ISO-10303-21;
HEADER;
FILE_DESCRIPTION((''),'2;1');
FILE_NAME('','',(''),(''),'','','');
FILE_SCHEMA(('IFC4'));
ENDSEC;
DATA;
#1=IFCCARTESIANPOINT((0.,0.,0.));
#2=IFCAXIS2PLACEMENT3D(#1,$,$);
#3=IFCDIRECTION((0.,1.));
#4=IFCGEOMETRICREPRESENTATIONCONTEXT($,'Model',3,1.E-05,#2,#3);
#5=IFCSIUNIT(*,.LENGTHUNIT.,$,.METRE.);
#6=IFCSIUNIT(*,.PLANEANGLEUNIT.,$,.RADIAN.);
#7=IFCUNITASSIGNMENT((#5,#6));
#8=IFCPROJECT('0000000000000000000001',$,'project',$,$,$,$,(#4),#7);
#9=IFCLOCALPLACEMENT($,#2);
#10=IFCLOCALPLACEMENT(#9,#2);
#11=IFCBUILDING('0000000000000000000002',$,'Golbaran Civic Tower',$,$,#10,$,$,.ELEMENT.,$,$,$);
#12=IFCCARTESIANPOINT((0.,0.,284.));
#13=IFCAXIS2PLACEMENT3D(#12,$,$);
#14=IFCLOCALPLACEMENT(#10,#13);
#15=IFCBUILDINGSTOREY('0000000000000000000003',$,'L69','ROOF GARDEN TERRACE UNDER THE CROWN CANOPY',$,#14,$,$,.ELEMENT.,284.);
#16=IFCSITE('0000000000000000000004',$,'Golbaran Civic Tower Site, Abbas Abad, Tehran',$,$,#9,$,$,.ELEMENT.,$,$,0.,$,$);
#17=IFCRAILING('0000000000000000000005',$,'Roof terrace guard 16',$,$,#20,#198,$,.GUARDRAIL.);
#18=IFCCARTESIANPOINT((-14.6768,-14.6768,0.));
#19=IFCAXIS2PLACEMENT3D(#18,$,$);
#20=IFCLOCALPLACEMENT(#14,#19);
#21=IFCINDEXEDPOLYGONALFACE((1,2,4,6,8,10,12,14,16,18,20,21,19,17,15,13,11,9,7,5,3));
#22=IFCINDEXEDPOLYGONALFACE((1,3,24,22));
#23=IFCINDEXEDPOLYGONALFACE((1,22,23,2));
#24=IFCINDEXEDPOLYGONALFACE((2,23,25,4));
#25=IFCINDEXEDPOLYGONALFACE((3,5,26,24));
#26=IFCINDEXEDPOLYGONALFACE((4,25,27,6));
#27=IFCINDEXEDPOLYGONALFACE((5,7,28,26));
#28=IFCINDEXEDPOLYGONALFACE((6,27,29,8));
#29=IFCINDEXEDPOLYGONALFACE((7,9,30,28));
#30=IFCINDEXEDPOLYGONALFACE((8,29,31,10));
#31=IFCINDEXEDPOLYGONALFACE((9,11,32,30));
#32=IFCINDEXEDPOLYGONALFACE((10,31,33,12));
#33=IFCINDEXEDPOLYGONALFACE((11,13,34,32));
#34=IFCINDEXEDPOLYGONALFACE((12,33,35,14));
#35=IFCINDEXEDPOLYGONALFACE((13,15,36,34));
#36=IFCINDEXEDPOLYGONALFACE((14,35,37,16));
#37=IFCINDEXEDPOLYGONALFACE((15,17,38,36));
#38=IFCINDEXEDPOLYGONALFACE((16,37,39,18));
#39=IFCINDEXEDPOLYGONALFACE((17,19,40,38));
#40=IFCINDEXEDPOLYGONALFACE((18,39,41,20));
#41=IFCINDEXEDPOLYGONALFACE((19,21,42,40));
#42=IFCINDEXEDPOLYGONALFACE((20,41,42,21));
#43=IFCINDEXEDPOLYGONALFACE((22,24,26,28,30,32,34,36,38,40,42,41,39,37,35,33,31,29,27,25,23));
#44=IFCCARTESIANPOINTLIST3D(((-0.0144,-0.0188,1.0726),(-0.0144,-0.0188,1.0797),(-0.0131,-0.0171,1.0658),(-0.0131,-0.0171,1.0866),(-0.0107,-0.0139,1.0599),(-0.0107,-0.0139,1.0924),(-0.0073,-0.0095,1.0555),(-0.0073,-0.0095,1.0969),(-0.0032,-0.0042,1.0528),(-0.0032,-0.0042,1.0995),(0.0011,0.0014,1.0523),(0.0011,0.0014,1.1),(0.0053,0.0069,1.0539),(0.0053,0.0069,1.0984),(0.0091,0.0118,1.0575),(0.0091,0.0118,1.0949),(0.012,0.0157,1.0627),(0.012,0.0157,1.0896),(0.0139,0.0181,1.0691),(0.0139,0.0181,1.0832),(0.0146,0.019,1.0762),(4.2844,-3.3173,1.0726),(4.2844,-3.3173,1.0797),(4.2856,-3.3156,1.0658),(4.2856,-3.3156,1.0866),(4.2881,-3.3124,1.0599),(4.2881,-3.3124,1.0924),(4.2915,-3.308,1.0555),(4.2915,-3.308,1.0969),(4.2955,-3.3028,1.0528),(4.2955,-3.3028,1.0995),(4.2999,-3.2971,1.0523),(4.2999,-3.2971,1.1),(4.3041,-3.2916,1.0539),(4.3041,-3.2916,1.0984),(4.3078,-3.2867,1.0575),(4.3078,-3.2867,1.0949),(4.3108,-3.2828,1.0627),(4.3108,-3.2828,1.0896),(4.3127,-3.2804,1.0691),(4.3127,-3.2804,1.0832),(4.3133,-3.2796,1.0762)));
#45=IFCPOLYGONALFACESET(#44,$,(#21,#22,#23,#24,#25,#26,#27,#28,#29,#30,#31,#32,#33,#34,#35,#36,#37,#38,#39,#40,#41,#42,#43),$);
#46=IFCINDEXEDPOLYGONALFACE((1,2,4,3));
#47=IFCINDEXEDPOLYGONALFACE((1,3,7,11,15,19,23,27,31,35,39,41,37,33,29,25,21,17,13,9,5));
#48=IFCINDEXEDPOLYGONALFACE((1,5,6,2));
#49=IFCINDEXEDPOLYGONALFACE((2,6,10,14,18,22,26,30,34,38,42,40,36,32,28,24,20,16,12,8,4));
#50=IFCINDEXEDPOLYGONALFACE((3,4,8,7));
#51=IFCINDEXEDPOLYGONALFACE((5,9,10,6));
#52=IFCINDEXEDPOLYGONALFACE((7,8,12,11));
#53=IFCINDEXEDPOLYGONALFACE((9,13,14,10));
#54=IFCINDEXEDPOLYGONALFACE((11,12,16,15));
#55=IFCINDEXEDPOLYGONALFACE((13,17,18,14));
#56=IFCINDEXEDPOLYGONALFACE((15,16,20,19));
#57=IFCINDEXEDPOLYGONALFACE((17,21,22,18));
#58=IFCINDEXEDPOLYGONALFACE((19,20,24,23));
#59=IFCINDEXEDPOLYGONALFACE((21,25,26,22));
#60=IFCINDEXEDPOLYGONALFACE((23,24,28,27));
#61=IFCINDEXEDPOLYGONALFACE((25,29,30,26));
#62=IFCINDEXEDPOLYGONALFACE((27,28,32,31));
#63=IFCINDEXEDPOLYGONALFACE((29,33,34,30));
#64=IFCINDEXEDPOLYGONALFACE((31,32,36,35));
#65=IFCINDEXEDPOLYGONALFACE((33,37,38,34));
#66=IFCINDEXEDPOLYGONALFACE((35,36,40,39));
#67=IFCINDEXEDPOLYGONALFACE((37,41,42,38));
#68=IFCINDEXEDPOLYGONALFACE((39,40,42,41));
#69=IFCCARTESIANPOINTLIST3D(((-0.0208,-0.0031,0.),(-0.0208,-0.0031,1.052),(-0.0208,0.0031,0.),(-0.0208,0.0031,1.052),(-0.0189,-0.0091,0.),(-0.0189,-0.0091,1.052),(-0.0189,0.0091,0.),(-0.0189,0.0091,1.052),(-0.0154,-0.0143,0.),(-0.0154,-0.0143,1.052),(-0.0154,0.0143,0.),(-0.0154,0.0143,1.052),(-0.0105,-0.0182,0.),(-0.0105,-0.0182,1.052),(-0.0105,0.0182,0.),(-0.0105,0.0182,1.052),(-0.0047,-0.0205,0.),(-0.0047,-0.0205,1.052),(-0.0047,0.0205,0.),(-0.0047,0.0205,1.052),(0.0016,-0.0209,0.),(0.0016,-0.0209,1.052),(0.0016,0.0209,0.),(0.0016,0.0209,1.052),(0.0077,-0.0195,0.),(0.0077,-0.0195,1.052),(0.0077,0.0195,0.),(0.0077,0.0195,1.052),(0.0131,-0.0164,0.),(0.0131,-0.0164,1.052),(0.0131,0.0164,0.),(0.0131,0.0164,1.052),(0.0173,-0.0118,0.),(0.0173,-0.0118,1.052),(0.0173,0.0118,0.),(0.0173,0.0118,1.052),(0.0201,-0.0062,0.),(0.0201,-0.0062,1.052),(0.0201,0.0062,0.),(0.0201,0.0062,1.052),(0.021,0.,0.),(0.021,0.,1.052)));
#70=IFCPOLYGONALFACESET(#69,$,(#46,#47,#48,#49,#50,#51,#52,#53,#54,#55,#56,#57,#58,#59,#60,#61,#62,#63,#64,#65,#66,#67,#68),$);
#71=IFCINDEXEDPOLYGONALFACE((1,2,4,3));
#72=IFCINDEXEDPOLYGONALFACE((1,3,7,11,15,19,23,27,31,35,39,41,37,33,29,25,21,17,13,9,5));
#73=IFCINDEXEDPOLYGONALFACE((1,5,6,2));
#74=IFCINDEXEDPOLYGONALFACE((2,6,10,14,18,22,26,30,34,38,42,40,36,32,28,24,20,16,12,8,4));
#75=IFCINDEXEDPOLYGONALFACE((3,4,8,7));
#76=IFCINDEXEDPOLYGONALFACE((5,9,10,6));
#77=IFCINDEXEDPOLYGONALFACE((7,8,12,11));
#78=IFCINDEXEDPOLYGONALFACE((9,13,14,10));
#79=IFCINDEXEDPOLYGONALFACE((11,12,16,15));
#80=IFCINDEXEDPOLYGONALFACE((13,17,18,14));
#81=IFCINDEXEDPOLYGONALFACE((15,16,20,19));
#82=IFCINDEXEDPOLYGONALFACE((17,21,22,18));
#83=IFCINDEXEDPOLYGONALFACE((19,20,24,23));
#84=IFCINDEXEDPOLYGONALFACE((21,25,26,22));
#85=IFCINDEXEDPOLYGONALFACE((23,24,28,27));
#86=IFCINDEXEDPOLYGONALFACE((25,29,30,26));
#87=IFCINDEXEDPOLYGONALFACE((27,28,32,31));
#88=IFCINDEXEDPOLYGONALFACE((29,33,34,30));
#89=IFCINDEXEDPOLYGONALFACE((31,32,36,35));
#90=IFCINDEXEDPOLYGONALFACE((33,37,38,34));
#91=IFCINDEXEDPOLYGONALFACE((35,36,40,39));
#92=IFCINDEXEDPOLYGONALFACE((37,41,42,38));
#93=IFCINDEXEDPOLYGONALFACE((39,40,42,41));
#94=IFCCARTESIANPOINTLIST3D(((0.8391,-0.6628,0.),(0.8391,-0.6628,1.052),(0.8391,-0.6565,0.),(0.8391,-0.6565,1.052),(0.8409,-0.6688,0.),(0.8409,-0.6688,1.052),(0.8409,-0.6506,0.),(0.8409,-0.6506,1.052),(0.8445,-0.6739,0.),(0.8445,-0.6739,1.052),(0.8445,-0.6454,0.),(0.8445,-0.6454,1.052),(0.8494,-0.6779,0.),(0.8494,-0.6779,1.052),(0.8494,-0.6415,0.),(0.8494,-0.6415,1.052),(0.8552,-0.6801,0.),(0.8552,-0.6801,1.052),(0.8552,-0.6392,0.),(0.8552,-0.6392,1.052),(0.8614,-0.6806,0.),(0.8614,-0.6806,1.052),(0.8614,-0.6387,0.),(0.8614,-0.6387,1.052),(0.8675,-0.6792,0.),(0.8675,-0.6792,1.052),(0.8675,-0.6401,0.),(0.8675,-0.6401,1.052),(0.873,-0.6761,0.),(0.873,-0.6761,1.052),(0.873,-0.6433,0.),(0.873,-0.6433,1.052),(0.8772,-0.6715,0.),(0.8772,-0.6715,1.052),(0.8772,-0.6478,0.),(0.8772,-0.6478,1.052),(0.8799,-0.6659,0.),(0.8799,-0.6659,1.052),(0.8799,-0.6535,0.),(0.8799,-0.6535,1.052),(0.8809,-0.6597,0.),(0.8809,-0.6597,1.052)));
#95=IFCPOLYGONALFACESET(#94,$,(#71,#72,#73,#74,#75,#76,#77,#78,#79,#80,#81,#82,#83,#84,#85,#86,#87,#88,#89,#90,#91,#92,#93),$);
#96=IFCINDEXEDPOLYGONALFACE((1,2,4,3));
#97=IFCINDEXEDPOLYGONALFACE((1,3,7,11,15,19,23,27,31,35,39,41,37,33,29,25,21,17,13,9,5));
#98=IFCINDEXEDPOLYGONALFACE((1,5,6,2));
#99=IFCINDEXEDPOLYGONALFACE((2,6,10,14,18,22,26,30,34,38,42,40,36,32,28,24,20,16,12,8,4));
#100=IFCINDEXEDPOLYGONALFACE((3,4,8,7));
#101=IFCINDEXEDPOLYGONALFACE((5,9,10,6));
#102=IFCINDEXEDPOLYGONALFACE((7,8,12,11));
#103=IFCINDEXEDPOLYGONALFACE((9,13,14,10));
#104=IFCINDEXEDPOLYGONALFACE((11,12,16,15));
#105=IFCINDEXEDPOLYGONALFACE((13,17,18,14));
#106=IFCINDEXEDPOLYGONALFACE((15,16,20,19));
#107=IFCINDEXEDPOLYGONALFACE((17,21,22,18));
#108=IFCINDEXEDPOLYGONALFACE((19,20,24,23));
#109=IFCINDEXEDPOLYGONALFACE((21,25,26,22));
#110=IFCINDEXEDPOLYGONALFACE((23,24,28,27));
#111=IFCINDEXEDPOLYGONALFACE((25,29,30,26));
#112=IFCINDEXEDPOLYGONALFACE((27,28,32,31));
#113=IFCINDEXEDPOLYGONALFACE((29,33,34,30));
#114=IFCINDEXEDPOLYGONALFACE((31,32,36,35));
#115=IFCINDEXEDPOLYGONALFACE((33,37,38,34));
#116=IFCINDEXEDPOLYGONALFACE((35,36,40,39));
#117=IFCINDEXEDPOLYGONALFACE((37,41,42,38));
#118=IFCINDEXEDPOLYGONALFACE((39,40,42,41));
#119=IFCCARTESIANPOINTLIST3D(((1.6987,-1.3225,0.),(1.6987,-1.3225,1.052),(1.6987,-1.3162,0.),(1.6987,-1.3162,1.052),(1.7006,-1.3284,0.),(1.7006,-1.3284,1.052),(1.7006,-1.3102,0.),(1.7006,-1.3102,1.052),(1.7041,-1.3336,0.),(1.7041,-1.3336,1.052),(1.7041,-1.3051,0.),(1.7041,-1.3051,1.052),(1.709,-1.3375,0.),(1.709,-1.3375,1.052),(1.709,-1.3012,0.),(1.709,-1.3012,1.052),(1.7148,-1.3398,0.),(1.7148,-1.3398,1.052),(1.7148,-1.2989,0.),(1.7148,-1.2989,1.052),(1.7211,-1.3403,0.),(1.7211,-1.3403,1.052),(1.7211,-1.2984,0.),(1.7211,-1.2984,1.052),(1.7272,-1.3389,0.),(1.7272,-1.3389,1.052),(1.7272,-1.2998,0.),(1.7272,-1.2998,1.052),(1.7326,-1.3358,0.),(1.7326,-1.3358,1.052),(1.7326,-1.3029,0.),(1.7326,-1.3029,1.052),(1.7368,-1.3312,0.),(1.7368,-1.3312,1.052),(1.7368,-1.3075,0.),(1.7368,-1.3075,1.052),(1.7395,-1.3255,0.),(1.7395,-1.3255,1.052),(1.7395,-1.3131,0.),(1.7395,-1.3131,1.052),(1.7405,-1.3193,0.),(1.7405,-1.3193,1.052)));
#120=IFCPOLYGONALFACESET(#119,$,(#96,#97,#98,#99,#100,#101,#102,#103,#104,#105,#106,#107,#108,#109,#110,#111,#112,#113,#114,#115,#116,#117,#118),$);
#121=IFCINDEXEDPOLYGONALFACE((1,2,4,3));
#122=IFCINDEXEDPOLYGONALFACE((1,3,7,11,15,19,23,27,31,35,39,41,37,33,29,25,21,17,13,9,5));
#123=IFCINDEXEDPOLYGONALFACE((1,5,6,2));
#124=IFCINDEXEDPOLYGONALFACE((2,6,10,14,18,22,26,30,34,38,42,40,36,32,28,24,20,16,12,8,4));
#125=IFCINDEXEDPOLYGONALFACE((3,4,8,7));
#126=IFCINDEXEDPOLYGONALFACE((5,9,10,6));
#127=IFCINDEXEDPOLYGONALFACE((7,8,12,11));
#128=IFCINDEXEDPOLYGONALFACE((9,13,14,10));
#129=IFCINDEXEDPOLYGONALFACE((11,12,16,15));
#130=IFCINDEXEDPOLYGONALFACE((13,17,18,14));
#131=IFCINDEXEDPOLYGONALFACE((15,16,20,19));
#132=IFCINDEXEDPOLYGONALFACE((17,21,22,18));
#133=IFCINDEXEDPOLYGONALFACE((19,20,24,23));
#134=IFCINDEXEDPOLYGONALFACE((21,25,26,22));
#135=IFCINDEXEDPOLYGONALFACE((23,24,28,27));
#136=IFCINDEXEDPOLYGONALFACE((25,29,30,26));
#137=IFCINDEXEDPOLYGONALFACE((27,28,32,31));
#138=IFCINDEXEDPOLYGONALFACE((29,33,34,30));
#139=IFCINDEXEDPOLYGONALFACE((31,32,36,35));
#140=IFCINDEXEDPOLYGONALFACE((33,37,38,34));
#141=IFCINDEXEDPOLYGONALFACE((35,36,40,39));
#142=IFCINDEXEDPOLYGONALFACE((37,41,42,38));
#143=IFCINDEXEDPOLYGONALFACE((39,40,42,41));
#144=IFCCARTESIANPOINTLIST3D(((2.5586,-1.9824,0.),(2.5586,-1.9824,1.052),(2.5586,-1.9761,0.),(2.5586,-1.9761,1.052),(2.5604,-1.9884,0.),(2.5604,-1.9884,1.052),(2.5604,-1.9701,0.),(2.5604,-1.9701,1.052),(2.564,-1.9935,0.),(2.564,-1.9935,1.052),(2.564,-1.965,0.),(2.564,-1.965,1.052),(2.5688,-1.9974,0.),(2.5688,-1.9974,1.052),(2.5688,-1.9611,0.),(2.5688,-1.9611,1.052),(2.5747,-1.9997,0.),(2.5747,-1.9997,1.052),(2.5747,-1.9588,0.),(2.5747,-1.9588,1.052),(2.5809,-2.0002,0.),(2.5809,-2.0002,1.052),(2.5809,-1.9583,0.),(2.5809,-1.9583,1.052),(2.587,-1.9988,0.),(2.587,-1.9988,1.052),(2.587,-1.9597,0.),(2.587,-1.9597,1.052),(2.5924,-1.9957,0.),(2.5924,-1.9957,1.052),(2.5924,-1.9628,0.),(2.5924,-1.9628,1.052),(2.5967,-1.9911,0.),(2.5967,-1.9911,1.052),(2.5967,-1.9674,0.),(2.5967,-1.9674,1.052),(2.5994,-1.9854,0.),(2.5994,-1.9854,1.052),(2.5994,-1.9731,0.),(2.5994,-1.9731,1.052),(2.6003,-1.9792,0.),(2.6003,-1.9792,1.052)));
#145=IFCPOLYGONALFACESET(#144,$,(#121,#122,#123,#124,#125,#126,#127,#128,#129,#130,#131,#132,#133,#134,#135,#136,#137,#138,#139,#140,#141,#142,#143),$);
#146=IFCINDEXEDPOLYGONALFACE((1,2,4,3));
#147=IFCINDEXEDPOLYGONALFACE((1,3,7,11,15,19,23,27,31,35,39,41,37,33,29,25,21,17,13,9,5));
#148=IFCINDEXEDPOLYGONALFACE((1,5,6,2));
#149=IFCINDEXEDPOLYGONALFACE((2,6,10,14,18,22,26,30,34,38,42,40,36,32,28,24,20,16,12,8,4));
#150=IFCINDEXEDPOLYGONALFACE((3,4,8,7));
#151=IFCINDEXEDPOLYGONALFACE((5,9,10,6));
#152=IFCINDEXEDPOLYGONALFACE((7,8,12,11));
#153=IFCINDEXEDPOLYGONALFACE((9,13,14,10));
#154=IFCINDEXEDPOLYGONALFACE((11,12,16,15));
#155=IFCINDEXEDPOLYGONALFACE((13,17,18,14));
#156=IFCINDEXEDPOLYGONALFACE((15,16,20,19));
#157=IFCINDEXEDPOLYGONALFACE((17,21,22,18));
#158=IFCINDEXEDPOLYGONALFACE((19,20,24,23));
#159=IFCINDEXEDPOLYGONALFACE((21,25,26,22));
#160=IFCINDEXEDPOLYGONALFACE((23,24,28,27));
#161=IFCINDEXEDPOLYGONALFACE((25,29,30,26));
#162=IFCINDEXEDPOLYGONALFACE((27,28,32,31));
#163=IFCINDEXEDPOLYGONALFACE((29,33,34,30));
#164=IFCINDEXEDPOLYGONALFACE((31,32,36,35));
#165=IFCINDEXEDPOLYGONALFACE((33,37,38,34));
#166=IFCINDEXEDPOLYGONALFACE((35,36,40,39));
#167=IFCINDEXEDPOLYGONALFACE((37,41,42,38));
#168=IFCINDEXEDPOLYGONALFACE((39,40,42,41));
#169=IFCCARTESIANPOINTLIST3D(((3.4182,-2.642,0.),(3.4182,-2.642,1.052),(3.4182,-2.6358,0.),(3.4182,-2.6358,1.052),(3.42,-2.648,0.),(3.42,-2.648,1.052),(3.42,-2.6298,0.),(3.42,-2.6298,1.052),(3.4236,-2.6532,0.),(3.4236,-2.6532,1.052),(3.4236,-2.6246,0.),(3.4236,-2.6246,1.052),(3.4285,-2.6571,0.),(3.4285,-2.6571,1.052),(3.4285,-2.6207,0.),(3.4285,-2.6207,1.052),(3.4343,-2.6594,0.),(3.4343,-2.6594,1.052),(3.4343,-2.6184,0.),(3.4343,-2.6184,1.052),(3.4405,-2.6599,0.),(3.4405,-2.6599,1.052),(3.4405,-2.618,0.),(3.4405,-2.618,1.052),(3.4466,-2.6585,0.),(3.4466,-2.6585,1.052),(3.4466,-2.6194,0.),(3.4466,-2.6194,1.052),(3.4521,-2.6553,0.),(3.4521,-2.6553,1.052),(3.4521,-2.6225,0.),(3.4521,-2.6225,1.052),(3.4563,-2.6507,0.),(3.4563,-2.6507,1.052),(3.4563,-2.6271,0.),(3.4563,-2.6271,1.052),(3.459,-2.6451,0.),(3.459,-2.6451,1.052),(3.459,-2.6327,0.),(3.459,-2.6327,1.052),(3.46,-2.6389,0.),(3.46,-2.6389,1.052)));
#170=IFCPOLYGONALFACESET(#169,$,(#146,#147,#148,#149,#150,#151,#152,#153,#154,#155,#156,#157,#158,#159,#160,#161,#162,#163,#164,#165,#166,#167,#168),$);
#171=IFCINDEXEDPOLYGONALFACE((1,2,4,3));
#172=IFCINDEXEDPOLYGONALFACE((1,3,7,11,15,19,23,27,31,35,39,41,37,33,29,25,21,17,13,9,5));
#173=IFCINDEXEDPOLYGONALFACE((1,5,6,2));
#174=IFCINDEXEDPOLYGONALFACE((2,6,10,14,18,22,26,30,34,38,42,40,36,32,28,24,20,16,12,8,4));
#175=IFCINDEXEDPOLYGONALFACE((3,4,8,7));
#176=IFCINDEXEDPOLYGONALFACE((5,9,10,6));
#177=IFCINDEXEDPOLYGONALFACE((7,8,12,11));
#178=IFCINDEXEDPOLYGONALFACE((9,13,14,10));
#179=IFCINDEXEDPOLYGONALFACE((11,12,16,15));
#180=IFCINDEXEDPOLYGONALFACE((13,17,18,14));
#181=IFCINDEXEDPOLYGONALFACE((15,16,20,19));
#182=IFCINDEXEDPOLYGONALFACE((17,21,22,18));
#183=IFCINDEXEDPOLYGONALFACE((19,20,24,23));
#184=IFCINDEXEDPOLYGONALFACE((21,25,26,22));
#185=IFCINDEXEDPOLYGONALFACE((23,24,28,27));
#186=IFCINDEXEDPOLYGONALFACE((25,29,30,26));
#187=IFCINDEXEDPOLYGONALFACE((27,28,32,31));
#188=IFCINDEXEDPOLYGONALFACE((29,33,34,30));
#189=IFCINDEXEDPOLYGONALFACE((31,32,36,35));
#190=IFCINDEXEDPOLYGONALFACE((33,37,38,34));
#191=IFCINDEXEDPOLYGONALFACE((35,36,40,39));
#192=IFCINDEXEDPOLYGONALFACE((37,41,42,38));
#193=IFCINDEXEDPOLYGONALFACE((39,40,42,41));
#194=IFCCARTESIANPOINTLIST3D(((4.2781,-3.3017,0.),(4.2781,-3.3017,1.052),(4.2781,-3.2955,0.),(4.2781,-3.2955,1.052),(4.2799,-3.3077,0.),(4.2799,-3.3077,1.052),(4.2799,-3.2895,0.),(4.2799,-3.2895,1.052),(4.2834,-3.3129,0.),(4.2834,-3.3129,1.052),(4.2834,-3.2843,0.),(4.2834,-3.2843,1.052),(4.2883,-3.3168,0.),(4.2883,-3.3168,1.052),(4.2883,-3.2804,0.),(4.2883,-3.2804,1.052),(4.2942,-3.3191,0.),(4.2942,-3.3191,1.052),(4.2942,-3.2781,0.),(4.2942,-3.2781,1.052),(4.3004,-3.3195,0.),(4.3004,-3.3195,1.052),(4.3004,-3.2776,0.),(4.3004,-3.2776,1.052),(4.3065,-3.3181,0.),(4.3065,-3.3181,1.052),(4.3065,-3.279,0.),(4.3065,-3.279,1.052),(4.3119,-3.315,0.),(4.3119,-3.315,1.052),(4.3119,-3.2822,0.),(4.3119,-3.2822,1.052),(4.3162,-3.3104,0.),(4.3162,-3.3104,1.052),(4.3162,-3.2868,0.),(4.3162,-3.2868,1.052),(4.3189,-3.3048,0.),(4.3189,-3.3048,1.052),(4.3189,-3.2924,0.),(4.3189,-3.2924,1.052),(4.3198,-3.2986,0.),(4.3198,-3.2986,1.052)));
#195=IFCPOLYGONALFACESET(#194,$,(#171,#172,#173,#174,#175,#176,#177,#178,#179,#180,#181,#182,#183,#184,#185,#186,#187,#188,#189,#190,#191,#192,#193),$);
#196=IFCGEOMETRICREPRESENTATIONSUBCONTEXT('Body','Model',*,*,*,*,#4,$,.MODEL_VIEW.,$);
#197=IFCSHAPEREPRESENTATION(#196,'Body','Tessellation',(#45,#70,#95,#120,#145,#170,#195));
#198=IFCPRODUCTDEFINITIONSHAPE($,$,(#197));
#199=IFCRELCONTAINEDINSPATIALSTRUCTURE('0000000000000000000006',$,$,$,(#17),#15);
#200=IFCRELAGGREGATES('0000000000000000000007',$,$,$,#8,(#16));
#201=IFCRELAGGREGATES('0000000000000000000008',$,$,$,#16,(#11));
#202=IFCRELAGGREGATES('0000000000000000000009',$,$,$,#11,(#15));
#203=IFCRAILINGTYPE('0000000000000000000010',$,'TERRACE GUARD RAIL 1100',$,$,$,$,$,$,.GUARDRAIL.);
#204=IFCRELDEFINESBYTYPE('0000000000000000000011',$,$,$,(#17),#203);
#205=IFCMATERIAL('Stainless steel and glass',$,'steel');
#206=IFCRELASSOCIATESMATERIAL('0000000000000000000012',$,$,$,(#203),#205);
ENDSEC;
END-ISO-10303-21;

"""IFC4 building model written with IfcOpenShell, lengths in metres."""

from ifc_helpers import new_model, si_unit, direction, frame, origin, origin_2d, place, context, subcontext, project, spatial, circle, extrude, material, type_object, element, save


model = new_model("IFC4")

# Units and contexts
model_context = context("Model", 3, precision=1e-05, world=origin(), true_north=direction((0.0, 1.0)))
body_context = subcontext(model_context, "Body", "Model", "MODEL_VIEW")
ifc_project = project(units=[si_unit("LENGTHUNIT", "METRE"), si_unit("PLANEANGLEUNIT", "RADIAN")], contexts=[model_context])

# Site, building, storey
site_placement = place(None, origin())
site = spatial("IfcSite", under=ifc_project, at=site_placement, Name="Golbaran Civic Tower Site, Abbas Abad, Tehran", CompositionType="ELEMENT", RefElevation=0.0)
building_placement = place(site_placement, origin())
building = spatial("IfcBuilding", under=site, at=building_placement, Name="Golbaran Civic Tower", CompositionType="ELEMENT")
storey_placement = place(building_placement, frame((0.0, 0.0, 284.0)))
storey = spatial("IfcBuildingStorey", under=building, at=storey_placement, Name="L69", Description="ROOF GARDEN TERRACE UNDER THE CROWN CANOPY", CompositionType="ELEMENT", Elevation=284.0)

# Railing
ifc_material_1 = material(Name="Stainless steel and glass", Category="steel")
railing_type = type_object("IfcRailingType", Name="TERRACE GUARD RAIL 1100", PredefinedType="GUARDRAIL", material=ifc_material_1)
railing_placement = place(storey_placement, frame((-14.6768, -14.6768, 0.0)))
element("IfcRailing", 1, at=railing_placement, inside=storey, type_object=railing_type, Name="Roof terrace guard 16", PredefinedType="GUARDRAIL", context=body_context, shape_type="SweptSolid", body=[
    extrude(circle(Radius=0.0239, at=origin_2d()), frame((0.0, 0.0, 1.0762), z_axis=(0.793355, -0.608759, 0.0), x_axis=(0.608759, 0.793355, 0.0)), (0.0, 0.0, 1.0), 5.4185),
    extrude(circle(Radius=0.021, at=origin_2d()), origin(), (0.0, 0.0, 1.0), 1.052),
    extrude(circle(Radius=0.021, at=origin_2d()), frame((0.8599, -0.6597, 0.0)), (0.0, 0.0, 1.0), 1.052),
    extrude(circle(Radius=0.021, at=origin_2d()), frame((1.7195, -1.3193, 0.0)), (0.0, 0.0, 1.0), 1.052),
    extrude(circle(Radius=0.021, at=origin_2d()), frame((2.5793, -1.9792, 0.0)), (0.0, 0.0, 1.0), 1.052),
    extrude(circle(Radius=0.021, at=origin_2d()), frame((3.439, -2.6389, 0.0)), (0.0, 0.0, 1.0), 1.052),
    extrude(circle(Radius=0.021, at=origin_2d()), frame((4.2988, -3.2986, 0.0)), (0.0, 0.0, 1.0), 1.052),
])

save(model, "model.ifc")
